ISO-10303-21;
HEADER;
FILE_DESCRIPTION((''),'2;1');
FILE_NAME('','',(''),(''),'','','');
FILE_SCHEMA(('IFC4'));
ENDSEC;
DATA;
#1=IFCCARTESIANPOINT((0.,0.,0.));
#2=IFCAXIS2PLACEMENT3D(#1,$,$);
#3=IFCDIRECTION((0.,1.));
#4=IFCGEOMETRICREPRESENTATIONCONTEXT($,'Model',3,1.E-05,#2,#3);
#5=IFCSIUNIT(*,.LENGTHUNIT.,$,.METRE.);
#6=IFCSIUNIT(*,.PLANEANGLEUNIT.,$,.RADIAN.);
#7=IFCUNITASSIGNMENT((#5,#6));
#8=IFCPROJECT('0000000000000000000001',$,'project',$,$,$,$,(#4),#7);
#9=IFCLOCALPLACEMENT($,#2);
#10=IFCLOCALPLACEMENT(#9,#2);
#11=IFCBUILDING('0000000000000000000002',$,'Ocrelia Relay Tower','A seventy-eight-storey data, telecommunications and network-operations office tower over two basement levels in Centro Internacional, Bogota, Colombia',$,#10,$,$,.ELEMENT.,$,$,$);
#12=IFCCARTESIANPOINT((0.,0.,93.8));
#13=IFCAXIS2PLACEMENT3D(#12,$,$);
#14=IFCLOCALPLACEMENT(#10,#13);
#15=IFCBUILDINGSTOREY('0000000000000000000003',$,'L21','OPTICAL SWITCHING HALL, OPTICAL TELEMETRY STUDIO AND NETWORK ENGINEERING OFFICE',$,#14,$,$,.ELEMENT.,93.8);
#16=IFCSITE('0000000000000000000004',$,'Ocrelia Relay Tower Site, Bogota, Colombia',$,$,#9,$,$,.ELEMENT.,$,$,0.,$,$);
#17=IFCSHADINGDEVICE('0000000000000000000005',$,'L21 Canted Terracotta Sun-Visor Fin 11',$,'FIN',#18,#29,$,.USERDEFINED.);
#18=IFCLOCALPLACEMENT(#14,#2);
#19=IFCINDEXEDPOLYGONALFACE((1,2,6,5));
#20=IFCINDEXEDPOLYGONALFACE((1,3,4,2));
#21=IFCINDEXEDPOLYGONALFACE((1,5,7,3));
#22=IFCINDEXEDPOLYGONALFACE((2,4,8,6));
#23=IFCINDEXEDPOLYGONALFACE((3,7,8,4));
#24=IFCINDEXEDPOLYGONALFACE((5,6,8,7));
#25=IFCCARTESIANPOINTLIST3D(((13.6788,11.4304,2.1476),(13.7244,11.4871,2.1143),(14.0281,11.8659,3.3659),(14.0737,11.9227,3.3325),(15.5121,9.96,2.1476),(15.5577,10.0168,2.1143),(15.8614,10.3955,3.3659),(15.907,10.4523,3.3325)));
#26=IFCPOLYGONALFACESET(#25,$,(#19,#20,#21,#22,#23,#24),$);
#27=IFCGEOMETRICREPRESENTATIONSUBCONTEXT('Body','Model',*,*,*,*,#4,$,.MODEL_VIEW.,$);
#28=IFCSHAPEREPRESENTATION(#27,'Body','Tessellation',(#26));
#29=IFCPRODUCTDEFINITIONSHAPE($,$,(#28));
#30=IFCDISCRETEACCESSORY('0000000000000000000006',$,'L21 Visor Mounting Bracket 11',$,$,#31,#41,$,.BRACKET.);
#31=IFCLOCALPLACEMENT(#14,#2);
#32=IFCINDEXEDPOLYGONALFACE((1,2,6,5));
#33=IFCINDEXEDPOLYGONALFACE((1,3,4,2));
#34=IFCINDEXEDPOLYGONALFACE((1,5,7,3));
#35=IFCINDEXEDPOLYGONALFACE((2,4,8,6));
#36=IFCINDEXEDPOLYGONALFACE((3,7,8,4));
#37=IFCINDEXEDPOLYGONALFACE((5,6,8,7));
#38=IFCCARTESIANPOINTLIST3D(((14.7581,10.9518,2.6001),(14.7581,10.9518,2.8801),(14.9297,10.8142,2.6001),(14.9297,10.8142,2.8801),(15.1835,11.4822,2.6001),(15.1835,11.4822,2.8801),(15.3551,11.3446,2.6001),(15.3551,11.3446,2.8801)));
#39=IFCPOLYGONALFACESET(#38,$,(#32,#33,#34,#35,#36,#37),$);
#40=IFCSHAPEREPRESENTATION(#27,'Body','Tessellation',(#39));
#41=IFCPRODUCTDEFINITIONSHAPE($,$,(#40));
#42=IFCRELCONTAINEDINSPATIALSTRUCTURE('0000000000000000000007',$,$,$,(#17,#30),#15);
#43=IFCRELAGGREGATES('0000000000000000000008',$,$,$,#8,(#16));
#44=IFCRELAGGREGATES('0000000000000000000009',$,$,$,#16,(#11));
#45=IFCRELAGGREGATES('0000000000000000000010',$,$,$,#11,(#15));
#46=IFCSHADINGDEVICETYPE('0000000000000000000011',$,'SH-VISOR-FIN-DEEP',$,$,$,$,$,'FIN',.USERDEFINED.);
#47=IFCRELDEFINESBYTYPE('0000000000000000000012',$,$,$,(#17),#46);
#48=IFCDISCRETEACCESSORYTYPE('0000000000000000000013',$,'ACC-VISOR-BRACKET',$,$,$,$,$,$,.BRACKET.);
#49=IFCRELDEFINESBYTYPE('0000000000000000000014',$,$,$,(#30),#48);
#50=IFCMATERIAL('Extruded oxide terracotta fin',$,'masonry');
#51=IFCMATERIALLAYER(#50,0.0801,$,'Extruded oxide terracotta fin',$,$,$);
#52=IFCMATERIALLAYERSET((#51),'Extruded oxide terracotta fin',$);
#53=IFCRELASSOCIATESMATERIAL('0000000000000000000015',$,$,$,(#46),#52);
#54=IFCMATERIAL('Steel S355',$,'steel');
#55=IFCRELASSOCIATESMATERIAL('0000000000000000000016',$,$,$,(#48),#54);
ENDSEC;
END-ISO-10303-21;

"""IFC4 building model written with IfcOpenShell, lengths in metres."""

from ifc_helpers import new_model, si_unit, direction, frame, origin, origin_2d, place, context, subcontext, project, spatial, rectangle, extrude, material, layer, layer_set, type_object, element, save


model = new_model("IFC4")

# Units and contexts
model_context = context("Model", 3, precision=1e-05, world=origin(), true_north=direction((0.0, 1.0)))
body_context = subcontext(model_context, "Body", "Model", "MODEL_VIEW")
ifc_project = project(units=[si_unit("LENGTHUNIT", "METRE"), si_unit("PLANEANGLEUNIT", "RADIAN")], contexts=[model_context])

# Site, building, storey
site_placement = place(None, origin())
site = spatial("IfcSite", under=ifc_project, at=site_placement, Name="Ocrelia Relay Tower Site, Bogota, Colombia", CompositionType="ELEMENT", RefElevation=0.0)
building_placement = place(site_placement, origin())
building = spatial("IfcBuilding", under=site, at=building_placement, Name="Ocrelia Relay Tower", Description="A seventy-eight-storey data, telecommunications and network-operations office tower over two basement levels in Centro Internacional, Bogota, Colombia", CompositionType="ELEMENT")
storey_placement = place(building_placement, frame((0.0, 0.0, 93.8)))
storey = spatial("IfcBuildingStorey", under=building, at=storey_placement, Name="L21", Description="OPTICAL SWITCHING HALL, OPTICAL TELEMETRY STUDIO AND NETWORK ENGINEERING OFFICE", CompositionType="ELEMENT", Elevation=93.8)

# Shading device
ifc_material_1 = material(Name="Extruded oxide terracotta fin", Category="masonry")
ifc_layer_1 = layer(ifc_material_1, 0.0801, Name="Extruded oxide terracotta fin")
ifc_layer_set_1 = layer_set([ifc_layer_1], Name="Extruded oxide terracotta fin")
shading_device_type_1 = type_object("IfcShadingDeviceType", Name="SH-VISOR-FIN-DEEP", ElementType="FIN", PredefinedType="USERDEFINED", material=ifc_layer_set_1)
shading_device_1_placement = place(storey_placement, frame((14.8157, 10.9697, 2.7234), z_axis=(-0.568778, -0.709181, 0.416598), x_axis=(0.780099, -0.625656, 0.0)))
element("IfcShadingDevice", 1, at=shading_device_1_placement, inside=storey, type_object=shading_device_type_1, Name="L21 Canted Terracotta Sun-Visor Fin 11", ObjectType="FIN", PredefinedType="USERDEFINED", context=body_context, shape_type="SweptSolid", body=[
    extrude(rectangle(XDim=2.3501, YDim=1.3401, at=origin_2d()), origin(), (0.0, 0.0, 1.0), 0.0801),
])

# Discrete accessory
ifc_material_2 = material(Name="Steel S355", Category="steel")
discrete_accessory_type = type_object("IfcDiscreteAccessoryType", Name="ACC-VISOR-BRACKET", PredefinedType="BRACKET", material=ifc_material_2)
discrete_accessory_placement = place(storey_placement, frame((15.0566, 11.1482, 2.6001), z_axis=(0.0, 0.0, 1.0), x_axis=(0.780099, -0.625656, 0.0)))
element("IfcDiscreteAccessory", 2, at=discrete_accessory_placement, inside=storey, type_object=discrete_accessory_type, Name="L21 Visor Mounting Bracket 11", PredefinedType="BRACKET", context=body_context, shape_type="SweptSolid", body=[
    extrude(rectangle(XDim=0.22, YDim=0.6799, at=origin_2d()), origin(), (0.0, 0.0, 1.0), 0.28),
])

save(model, "model.ifc")
